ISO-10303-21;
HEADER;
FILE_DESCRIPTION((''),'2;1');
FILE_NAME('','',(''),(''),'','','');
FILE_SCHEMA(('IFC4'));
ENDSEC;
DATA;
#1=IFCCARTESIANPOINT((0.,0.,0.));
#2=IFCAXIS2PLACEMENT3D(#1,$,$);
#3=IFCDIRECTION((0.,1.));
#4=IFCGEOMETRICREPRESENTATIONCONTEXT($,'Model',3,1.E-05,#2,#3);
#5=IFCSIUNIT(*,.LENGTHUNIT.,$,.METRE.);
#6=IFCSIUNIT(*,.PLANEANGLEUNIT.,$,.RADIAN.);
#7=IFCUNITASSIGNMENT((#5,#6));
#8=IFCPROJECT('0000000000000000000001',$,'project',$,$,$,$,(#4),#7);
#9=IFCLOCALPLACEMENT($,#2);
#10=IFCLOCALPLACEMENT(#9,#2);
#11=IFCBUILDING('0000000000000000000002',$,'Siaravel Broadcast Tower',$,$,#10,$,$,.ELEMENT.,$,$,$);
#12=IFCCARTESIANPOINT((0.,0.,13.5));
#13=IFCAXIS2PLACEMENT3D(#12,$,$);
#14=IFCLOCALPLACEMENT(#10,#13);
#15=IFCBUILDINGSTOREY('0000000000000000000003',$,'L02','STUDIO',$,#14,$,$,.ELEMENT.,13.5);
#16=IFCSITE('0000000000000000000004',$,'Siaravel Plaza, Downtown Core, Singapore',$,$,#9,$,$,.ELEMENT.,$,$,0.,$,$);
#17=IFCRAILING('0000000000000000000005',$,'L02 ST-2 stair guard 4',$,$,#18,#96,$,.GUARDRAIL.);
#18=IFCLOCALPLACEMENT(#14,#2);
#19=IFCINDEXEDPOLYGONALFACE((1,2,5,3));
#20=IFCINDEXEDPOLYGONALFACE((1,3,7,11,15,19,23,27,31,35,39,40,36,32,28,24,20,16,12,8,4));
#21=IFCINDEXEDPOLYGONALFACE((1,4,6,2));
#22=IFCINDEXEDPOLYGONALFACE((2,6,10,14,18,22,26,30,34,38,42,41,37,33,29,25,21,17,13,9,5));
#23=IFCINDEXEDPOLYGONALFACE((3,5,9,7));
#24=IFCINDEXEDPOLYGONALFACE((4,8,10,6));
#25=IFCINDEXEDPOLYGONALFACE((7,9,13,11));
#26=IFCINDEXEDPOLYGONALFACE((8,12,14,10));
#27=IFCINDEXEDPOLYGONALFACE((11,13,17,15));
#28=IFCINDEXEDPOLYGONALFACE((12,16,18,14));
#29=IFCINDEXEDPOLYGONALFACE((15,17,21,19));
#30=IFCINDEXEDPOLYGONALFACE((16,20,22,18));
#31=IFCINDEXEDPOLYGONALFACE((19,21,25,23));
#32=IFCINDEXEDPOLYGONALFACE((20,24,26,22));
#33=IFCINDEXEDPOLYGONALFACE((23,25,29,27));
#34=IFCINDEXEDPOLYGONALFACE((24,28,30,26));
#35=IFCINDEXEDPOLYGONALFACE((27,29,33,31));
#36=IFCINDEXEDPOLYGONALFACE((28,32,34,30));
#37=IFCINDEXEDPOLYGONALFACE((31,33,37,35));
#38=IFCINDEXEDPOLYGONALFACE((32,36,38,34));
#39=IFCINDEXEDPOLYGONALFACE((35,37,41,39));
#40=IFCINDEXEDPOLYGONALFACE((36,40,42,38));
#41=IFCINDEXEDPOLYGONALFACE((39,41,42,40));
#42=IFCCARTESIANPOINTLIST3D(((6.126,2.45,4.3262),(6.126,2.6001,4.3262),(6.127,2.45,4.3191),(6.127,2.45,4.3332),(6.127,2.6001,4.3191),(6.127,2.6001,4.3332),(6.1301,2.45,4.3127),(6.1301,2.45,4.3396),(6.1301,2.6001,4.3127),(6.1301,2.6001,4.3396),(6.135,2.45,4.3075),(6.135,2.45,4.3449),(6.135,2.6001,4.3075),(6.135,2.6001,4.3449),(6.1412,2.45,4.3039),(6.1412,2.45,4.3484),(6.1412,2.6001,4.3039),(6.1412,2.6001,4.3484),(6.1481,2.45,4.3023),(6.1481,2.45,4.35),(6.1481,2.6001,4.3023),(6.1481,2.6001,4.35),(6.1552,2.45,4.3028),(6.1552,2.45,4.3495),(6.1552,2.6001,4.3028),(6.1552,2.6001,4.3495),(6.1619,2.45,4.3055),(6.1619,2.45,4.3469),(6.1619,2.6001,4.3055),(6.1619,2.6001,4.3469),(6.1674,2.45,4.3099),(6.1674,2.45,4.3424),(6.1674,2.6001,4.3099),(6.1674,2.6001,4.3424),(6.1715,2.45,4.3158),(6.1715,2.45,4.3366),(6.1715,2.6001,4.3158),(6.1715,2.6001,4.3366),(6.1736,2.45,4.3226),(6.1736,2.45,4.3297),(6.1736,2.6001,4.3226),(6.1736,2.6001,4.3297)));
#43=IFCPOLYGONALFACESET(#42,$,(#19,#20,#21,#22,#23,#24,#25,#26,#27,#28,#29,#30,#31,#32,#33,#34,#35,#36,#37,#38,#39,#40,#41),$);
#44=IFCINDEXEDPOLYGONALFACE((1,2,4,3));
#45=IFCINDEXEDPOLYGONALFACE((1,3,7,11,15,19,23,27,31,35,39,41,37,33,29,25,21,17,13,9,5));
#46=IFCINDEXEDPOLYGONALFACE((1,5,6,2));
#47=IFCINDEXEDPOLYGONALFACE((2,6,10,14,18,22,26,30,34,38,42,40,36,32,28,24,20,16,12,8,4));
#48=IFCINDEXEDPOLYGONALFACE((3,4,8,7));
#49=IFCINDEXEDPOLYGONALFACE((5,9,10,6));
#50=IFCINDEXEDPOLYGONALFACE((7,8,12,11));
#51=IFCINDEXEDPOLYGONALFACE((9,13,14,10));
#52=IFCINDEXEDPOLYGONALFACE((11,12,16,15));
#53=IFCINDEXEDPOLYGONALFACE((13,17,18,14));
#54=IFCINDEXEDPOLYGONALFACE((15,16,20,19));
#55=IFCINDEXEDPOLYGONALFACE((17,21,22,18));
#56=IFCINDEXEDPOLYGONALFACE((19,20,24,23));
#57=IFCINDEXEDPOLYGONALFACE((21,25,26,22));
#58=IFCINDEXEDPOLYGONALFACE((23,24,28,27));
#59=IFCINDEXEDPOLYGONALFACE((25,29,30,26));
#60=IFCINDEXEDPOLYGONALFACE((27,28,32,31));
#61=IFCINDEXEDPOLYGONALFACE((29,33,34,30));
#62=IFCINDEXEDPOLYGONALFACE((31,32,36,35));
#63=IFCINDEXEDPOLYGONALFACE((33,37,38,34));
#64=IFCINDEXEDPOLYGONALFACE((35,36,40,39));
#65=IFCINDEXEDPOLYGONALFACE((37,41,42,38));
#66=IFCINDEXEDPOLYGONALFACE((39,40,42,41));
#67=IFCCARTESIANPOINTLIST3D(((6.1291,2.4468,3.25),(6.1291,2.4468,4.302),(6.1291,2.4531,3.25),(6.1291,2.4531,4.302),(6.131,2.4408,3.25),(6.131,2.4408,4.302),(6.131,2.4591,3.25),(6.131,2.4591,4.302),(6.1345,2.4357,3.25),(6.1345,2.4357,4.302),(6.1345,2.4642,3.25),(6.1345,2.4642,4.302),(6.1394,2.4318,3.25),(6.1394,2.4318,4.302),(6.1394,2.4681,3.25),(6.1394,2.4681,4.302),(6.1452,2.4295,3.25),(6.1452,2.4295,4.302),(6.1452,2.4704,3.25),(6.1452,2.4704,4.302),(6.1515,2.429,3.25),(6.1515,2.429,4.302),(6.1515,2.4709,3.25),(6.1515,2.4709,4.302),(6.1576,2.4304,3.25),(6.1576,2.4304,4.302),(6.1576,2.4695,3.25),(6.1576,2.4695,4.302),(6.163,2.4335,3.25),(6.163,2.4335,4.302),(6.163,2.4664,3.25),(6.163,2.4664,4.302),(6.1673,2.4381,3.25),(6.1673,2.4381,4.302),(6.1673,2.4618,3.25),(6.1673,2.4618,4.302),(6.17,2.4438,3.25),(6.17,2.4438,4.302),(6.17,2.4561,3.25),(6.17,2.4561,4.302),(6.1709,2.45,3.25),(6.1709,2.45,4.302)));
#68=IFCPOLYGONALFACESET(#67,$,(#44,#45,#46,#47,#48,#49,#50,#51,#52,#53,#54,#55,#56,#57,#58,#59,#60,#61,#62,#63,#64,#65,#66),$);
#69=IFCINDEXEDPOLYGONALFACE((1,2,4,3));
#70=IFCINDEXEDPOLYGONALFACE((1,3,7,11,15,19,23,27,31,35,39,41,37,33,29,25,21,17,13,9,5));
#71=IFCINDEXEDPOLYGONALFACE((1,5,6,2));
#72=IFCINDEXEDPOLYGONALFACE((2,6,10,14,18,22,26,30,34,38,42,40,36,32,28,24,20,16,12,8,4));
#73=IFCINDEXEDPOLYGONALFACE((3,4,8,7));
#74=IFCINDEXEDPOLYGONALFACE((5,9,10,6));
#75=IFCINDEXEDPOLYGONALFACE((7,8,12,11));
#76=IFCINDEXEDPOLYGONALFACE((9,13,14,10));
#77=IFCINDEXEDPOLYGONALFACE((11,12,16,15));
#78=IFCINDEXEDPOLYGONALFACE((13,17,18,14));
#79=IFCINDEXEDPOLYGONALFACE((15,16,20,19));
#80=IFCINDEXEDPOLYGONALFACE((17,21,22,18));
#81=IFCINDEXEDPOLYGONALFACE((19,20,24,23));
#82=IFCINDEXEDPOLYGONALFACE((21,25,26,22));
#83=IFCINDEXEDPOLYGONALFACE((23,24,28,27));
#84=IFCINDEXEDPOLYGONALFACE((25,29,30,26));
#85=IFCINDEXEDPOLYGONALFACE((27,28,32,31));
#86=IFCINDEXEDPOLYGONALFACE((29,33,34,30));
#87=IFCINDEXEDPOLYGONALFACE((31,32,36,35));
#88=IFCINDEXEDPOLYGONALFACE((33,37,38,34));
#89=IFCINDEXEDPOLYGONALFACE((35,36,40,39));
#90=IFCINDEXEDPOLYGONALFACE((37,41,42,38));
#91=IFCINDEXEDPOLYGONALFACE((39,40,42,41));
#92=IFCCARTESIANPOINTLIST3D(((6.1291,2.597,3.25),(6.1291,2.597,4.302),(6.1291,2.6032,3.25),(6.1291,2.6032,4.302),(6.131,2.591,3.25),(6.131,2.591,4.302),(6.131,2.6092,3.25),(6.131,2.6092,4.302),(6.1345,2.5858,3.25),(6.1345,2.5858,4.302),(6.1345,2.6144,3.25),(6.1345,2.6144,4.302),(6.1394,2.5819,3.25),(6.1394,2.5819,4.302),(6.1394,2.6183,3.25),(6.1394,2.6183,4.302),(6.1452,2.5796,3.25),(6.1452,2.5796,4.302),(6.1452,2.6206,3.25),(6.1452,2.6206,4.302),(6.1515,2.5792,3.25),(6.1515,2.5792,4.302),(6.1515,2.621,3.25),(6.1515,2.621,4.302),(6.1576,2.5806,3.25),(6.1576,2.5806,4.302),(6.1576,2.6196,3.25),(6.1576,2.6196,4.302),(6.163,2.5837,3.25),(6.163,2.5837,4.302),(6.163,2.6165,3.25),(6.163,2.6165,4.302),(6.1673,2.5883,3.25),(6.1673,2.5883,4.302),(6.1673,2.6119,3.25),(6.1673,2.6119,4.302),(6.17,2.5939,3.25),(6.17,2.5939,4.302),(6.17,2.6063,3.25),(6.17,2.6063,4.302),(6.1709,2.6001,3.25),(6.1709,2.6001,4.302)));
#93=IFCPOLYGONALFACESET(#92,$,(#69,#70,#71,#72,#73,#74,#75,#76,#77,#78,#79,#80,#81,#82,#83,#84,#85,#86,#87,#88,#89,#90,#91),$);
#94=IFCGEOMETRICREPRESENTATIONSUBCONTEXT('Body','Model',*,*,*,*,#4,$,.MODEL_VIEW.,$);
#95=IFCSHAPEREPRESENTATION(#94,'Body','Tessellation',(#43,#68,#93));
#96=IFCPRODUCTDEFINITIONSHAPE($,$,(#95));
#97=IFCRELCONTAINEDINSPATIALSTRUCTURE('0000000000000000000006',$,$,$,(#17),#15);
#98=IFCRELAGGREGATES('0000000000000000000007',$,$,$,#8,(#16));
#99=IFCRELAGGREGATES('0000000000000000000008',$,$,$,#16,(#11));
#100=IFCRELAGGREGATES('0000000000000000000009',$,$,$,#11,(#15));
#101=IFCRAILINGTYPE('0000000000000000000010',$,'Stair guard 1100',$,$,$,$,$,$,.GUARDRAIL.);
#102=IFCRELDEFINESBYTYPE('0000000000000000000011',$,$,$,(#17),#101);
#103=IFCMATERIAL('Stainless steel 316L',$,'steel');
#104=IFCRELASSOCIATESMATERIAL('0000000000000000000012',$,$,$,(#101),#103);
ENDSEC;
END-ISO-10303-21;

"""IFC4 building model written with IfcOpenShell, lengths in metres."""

from ifc_helpers import new_model, si_unit, direction, frame, origin, origin_2d, place, context, subcontext, project, spatial, circle, extrude, material, type_object, element, save


model = new_model("IFC4")

# Units and contexts
model_context = context("Model", 3, precision=1e-05, world=origin(), true_north=direction((0.0, 1.0)))
body_context = subcontext(model_context, "Body", "Model", "MODEL_VIEW")
ifc_project = project(units=[si_unit("LENGTHUNIT", "METRE"), si_unit("PLANEANGLEUNIT", "RADIAN")], contexts=[model_context])

# Site, building, storey
site_placement = place(None, origin())
site = spatial("IfcSite", under=ifc_project, at=site_placement, Name="Siaravel Plaza, Downtown Core, Singapore", CompositionType="ELEMENT", RefElevation=0.0)
building_placement = place(site_placement, origin())
building = spatial("IfcBuilding", under=site, at=building_placement, Name="Siaravel Broadcast Tower", CompositionType="ELEMENT")
storey_placement = place(building_placement, frame((0.0, 0.0, 13.5)))
storey = spatial("IfcBuildingStorey", under=building, at=storey_placement, Name="L02", Description="STUDIO", CompositionType="ELEMENT", Elevation=13.5)

# Railing
ifc_material_1 = material(Name="Stainless steel 316L", Category="steel")
railing_type_1 = type_object("IfcRailingType", Name="Stair guard 1100", PredefinedType="GUARDRAIL", material=ifc_material_1)
railing_1_placement = place(storey_placement, frame((6.1499, 2.45, 3.25)))
element("IfcRailing", 1, at=railing_1_placement, inside=storey, type_object=railing_type_1, Name="L02 ST-2 stair guard 4", PredefinedType="GUARDRAIL", context=body_context, shape_type="SweptSolid", body=[
    extrude(circle(Radius=0.0239, at=origin_2d()), frame((0.0, 0.0, 1.0762), z_axis=(0.0, 1.0, 0.0), x_axis=(-1.0, 0.0, 0.0)), (0.0, 0.0, 1.0), 0.1501),
    extrude(circle(Radius=0.021, at=origin_2d()), origin(), (0.0, 0.0, 1.0), 1.052),
    extrude(circle(Radius=0.021, at=origin_2d()), frame((0.0, 0.1501, 0.0)), (0.0, 0.0, 1.0), 1.052),
])

save(model, "model.ifc")
